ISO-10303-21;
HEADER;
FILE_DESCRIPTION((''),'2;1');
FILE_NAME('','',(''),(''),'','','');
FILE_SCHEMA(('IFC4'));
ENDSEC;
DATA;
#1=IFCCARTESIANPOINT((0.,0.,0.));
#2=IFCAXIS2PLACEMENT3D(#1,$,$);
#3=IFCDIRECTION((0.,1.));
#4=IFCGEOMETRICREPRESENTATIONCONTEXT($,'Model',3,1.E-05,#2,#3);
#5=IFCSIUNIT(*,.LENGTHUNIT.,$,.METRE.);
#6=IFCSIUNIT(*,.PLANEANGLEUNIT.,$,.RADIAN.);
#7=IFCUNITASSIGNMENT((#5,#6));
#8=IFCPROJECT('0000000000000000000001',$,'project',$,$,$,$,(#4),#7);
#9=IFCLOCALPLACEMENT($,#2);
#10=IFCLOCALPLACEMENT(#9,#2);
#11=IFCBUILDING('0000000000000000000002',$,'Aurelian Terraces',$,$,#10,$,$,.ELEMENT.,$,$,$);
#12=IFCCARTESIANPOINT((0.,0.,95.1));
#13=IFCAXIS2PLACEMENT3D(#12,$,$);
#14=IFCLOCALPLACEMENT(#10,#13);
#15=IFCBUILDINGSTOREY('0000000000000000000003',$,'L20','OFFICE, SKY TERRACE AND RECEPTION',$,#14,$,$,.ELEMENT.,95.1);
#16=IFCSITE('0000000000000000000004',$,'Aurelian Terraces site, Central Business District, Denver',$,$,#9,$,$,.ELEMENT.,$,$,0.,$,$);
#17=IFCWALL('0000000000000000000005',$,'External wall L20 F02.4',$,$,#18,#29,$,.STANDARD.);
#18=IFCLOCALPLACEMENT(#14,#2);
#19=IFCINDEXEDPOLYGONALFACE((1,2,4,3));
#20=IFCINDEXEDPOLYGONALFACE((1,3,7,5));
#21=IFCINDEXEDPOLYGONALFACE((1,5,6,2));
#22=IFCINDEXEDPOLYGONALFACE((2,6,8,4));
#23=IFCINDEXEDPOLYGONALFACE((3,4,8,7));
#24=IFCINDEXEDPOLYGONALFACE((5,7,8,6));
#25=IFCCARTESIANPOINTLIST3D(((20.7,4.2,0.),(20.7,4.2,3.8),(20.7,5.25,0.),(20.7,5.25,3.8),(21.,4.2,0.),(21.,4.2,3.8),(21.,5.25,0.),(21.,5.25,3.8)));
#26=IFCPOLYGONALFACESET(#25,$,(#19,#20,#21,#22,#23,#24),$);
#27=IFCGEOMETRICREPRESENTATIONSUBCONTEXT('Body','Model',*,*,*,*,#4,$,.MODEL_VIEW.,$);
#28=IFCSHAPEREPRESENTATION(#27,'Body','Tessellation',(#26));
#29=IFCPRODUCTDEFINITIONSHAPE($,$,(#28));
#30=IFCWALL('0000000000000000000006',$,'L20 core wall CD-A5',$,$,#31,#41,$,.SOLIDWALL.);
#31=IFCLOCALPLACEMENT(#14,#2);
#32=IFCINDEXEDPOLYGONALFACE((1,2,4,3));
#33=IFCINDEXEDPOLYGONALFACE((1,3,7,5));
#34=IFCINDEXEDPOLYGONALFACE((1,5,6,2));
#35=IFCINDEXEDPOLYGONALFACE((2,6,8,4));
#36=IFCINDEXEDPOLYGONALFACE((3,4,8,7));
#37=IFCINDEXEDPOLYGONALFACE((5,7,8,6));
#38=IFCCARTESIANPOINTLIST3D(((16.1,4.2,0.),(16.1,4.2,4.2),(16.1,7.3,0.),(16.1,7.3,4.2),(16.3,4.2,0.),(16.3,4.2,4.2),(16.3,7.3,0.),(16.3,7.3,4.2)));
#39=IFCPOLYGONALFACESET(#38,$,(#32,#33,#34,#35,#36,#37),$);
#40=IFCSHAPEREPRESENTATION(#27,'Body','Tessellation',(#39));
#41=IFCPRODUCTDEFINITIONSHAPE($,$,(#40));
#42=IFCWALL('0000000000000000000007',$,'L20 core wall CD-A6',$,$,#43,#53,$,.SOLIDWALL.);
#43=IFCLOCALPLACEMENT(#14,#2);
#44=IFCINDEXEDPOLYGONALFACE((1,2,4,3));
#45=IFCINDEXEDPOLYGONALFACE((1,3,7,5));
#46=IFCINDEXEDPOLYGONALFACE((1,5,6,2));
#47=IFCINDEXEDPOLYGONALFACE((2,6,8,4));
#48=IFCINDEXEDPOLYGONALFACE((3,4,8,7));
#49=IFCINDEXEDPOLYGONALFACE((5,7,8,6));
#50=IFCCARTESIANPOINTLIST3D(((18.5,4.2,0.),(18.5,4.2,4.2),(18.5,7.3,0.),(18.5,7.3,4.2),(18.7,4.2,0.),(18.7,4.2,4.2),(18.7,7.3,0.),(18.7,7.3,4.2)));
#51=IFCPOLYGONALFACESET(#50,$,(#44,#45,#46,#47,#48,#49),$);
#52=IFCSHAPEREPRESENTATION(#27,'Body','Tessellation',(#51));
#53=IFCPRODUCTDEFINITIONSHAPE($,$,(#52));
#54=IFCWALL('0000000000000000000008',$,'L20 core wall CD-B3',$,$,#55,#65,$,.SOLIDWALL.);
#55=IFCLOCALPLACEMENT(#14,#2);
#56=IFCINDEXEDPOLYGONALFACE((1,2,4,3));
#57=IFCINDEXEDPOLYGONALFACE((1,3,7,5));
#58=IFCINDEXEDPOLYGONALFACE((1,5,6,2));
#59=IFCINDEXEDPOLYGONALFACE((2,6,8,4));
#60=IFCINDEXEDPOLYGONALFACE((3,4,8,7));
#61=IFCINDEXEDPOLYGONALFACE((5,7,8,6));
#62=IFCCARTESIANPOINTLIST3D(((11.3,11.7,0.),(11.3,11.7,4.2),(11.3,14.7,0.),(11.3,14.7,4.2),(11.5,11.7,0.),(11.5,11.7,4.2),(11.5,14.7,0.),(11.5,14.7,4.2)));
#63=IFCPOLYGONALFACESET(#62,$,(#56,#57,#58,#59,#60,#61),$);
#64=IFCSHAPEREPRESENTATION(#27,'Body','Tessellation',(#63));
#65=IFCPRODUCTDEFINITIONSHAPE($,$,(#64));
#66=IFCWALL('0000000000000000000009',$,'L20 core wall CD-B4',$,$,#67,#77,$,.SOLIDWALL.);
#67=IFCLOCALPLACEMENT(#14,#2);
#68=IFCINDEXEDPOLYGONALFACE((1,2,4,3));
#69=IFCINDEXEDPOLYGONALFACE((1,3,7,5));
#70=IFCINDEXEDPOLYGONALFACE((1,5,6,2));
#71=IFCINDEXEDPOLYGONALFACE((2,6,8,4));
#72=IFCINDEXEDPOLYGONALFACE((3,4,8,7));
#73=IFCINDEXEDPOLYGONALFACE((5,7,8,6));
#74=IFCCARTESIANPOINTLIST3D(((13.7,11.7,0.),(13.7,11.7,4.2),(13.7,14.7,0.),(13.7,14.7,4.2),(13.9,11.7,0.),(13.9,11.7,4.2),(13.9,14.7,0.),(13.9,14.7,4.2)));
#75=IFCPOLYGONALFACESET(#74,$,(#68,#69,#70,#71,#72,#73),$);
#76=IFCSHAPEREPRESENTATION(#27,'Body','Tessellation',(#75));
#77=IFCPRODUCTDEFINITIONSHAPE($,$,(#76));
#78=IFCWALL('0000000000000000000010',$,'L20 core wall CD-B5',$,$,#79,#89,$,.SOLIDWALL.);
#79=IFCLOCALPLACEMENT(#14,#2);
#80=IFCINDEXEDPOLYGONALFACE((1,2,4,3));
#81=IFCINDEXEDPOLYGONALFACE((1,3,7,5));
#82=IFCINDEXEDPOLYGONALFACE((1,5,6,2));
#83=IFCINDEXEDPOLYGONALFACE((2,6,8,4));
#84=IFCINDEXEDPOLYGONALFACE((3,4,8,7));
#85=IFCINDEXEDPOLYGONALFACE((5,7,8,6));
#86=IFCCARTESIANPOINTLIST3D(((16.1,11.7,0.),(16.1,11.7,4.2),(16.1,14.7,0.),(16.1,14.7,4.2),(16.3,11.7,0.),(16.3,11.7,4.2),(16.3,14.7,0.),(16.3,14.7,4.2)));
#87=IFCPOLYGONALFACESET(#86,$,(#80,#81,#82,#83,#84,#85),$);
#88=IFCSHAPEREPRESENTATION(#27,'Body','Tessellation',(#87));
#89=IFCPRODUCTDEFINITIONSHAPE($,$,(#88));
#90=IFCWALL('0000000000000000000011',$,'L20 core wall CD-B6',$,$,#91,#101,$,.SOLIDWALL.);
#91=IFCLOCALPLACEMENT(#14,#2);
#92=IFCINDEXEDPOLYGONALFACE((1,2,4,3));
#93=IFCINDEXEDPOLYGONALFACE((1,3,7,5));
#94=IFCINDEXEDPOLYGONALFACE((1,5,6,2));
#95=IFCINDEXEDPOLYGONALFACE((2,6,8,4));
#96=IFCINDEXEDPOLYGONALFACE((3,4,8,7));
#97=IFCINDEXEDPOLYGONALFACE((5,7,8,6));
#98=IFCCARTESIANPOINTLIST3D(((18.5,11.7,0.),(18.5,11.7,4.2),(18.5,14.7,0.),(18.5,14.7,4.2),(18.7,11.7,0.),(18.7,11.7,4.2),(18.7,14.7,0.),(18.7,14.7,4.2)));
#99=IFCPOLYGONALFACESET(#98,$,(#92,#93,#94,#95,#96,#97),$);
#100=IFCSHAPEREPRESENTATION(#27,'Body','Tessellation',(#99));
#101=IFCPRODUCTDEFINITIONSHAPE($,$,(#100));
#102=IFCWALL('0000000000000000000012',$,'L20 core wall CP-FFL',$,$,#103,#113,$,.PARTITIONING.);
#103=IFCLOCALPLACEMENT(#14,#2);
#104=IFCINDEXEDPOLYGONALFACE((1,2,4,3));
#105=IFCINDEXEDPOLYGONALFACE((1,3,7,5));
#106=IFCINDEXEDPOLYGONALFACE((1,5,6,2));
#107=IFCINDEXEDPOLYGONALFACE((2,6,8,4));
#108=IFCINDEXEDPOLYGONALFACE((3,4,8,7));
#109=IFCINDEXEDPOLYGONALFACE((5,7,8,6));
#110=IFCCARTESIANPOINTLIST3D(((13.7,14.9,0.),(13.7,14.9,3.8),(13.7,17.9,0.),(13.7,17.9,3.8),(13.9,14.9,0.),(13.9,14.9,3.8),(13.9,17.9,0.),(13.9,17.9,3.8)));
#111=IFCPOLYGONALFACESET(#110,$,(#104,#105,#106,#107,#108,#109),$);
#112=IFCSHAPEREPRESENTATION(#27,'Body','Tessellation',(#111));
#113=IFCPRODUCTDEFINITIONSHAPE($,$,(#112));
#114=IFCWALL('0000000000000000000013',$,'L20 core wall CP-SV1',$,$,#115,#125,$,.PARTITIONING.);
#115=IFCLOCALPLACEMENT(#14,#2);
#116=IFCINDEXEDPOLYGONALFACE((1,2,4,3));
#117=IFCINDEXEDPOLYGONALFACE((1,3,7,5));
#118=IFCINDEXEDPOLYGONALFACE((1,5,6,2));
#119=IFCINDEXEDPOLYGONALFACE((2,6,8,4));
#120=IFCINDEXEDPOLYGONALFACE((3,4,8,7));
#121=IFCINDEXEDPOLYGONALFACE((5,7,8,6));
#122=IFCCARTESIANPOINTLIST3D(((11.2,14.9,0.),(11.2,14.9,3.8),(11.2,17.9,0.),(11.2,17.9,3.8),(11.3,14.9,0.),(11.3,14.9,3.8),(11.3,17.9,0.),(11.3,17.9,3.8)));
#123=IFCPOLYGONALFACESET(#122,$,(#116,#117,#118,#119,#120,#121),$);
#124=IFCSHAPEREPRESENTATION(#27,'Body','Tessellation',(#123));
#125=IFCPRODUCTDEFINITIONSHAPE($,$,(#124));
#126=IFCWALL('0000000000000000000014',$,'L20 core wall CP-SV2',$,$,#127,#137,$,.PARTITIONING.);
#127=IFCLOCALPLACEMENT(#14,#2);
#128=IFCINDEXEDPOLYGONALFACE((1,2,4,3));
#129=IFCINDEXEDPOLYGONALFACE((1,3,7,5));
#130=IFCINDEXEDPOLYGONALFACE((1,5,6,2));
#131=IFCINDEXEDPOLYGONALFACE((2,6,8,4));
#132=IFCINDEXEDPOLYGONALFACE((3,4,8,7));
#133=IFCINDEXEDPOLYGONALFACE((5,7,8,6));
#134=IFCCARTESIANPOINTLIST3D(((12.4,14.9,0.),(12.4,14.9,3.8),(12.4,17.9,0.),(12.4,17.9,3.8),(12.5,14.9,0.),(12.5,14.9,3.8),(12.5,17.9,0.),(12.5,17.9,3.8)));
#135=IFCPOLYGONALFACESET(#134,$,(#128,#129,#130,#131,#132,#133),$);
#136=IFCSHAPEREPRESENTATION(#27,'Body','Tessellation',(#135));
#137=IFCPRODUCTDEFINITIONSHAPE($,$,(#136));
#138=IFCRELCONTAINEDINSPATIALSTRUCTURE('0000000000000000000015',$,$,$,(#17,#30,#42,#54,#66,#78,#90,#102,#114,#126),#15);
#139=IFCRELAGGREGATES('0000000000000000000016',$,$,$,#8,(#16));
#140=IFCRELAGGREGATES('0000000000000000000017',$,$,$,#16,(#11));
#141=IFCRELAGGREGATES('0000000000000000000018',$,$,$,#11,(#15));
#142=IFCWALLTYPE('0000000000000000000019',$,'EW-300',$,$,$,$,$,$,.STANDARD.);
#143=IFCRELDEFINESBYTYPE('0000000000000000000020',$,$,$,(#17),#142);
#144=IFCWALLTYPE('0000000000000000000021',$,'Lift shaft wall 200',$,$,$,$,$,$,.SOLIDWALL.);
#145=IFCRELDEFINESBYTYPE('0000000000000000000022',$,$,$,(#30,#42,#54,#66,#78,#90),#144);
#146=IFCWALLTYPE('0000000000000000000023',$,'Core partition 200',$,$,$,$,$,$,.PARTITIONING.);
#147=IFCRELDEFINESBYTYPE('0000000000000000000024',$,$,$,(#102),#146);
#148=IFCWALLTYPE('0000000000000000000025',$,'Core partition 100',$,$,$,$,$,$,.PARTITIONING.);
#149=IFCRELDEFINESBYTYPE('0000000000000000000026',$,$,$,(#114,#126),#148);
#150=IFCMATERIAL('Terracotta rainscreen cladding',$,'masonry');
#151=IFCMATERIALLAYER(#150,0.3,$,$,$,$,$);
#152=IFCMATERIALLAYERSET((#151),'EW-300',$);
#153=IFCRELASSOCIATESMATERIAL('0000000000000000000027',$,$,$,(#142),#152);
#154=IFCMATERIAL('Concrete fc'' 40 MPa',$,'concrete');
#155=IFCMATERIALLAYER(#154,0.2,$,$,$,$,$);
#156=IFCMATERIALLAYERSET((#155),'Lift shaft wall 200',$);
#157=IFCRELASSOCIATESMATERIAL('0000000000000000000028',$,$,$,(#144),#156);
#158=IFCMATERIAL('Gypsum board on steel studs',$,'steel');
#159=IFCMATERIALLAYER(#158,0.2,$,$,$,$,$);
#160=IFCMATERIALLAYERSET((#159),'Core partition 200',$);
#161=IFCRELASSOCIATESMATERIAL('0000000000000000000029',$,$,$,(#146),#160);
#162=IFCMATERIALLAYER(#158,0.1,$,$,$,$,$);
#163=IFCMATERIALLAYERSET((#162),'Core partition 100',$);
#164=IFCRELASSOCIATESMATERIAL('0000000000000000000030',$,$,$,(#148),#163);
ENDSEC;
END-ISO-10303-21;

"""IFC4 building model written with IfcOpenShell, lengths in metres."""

from ifc_helpers import new_model, si_unit, direction, frame, frame_2d, origin, place, context, subcontext, project, spatial, rectangle, extrude, source, transform, mapped, material, layer, layer_set, type_object, element, save


model = new_model("IFC4")

# Units and contexts
model_context = context("Model", 3, precision=1e-05, world=origin(), true_north=direction((0.0, 1.0)))
body_context = subcontext(model_context, "Body", "Model", "MODEL_VIEW")
ifc_project = project(units=[si_unit("LENGTHUNIT", "METRE"), si_unit("PLANEANGLEUNIT", "RADIAN")], contexts=[model_context])

# Site, building, storey
site_placement = place(None, origin())
site = spatial("IfcSite", under=ifc_project, at=site_placement, Name="Aurelian Terraces site, Central Business District, Denver", CompositionType="ELEMENT", RefElevation=0.0)
building_placement = place(site_placement, origin())
building = spatial("IfcBuilding", under=site, at=building_placement, Name="Aurelian Terraces", CompositionType="ELEMENT")
storey_placement = place(building_placement, frame((0.0, 0.0, 95.1)))
storey = spatial("IfcBuildingStorey", under=building, at=storey_placement, Name="L20", Description="OFFICE, SKY TERRACE AND RECEPTION", CompositionType="ELEMENT", Elevation=95.1)

# Walls
ifc_material_1 = material(Name="Terracotta rainscreen cladding", Category="masonry")
ifc_layer_1 = layer(ifc_material_1, 0.3)
ifc_layer_set_1 = layer_set([ifc_layer_1], Name="EW-300")
wall_type_1 = type_object("IfcWallType", Name="EW-300", PredefinedType="STANDARD", material=ifc_layer_set_1)
shared_shape_1 = source(origin(), body_context, "Body", "SweptSolid", [
    extrude(rectangle(XDim=1.05, YDim=0.3, at=frame_2d((0.525, 0.0))), origin(), (0.0, 0.0, 1.0), 3.8),
])
wall_1_placement = place(storey_placement, frame((20.85, 4.2, 0.0), z_axis=(0.0, 0.0, 1.0), x_axis=(0.0, 1.0, 0.0)))
element("IfcWall", 1, at=wall_1_placement, inside=storey, type_object=wall_type_1, Name="External wall L20 F02.4", PredefinedType="STANDARD", context=body_context, shape_type="MappedRepresentation", body=[
    mapped(shared_shape_1, transform((0.0, 0.0, 0.0), scale=1.0)),
])
ifc_material_2 = material(Name="Concrete fc' 40 MPa", Category="concrete")
ifc_layer_2 = layer(ifc_material_2, 0.2)
ifc_layer_set_2 = layer_set([ifc_layer_2], Name="Lift shaft wall 200")
wall_type_2 = type_object("IfcWallType", Name="Lift shaft wall 200", PredefinedType="SOLIDWALL", material=ifc_layer_set_2)
shared_shape_2 = source(origin(), body_context, "Body", "SweptSolid", [
    extrude(rectangle(XDim=3.1, YDim=0.2, at=frame_2d((1.55, 0.0))), origin(), (0.0, 0.0, 1.0), 4.2),
])
for number, where, z_axis, x_axis, name in (
    (2, (16.2, 4.2, 0.0), (0.0, 0.0, 1.0), (0.0, 1.0, 0.0), "L20 core wall CD-A5"),
    (3, (18.6, 4.2, 0.0), (0.0, 0.0, 1.0), (0.0, 1.0, 0.0), "L20 core wall CD-A6"),
):
    element("IfcWall", number, at=place(storey_placement, frame(where, z_axis=z_axis, x_axis=x_axis)), inside=storey, type_object=wall_type_2, Name=name, PredefinedType="SOLIDWALL", context=body_context, shape_type="MappedRepresentation", body=[
        mapped(shared_shape_2, transform((0.0, 0.0, 0.0), scale=1.0)),
    ])
shared_shape_3 = source(origin(), body_context, "Body", "SweptSolid", [
    extrude(rectangle(XDim=3.0, YDim=0.2, at=frame_2d((1.5, 0.0))), origin(), (0.0, 0.0, 1.0), 4.2),
])
for number, where, z_axis, x_axis, name in (
    (4, (11.4, 11.7, 0.0), (0.0, 0.0, 1.0), (0.0, 1.0, 0.0), "L20 core wall CD-B3"),
    (5, (13.8, 11.7, 0.0), (0.0, 0.0, 1.0), (0.0, 1.0, 0.0), "L20 core wall CD-B4"),
    (6, (16.2, 11.7, 0.0), (0.0, 0.0, 1.0), (0.0, 1.0, 0.0), "L20 core wall CD-B5"),
    (7, (18.6, 11.7, 0.0), (0.0, 0.0, 1.0), (0.0, 1.0, 0.0), "L20 core wall CD-B6"),
):
    element("IfcWall", number, at=place(storey_placement, frame(where, z_axis=z_axis, x_axis=x_axis)), inside=storey, type_object=wall_type_2, Name=name, PredefinedType="SOLIDWALL", context=body_context, shape_type="MappedRepresentation", body=[
        mapped(shared_shape_3, transform((0.0, 0.0, 0.0), scale=1.0)),
    ])
ifc_material_3 = material(Name="Gypsum board on steel studs", Category="steel")
ifc_layer_3 = layer(ifc_material_3, 0.2)
ifc_layer_set_3 = layer_set([ifc_layer_3], Name="Core partition 200")
wall_type_3 = type_object("IfcWallType", Name="Core partition 200", PredefinedType="PARTITIONING", material=ifc_layer_set_3)
shared_shape_4 = source(origin(), body_context, "Body", "SweptSolid", [
    extrude(rectangle(XDim=3.0, YDim=0.2, at=frame_2d((1.5, 0.0))), origin(), (0.0, 0.0, 1.0), 3.8),
])
wall_2_placement = place(storey_placement, frame((13.8, 14.9, 0.0), z_axis=(0.0, 0.0, 1.0), x_axis=(0.0, 1.0, 0.0)))
element("IfcWall", 8, at=wall_2_placement, inside=storey, type_object=wall_type_3, Name="L20 core wall CP-FFL", PredefinedType="PARTITIONING", context=body_context, shape_type="MappedRepresentation", body=[
    mapped(shared_shape_4, transform((0.0, 0.0, 0.0), scale=1.0)),
])
ifc_layer_4 = layer(ifc_material_3, 0.1)
ifc_layer_set_4 = layer_set([ifc_layer_4], Name="Core partition 100")
wall_type_4 = type_object("IfcWallType", Name="Core partition 100", PredefinedType="PARTITIONING", material=ifc_layer_set_4)
shared_shape_5 = source(origin(), body_context, "Body", "SweptSolid", [
    extrude(rectangle(XDim=3.0, YDim=0.1, at=frame_2d((1.5, 0.0))), origin(), (0.0, 0.0, 1.0), 3.8),
])
for number, where, z_axis, x_axis, name in (
    (9, (11.25, 14.9, 0.0), (0.0, 0.0, 1.0), (0.0, 1.0, 0.0), "L20 core wall CP-SV1"),
    (10, (12.45, 14.9, 0.0), (0.0, 0.0, 1.0), (0.0, 1.0, 0.0), "L20 core wall CP-SV2"),
):
    element("IfcWall", number, at=place(storey_placement, frame(where, z_axis=z_axis, x_axis=x_axis)), inside=storey, type_object=wall_type_4, Name=name, PredefinedType="PARTITIONING", context=body_context, shape_type="MappedRepresentation", body=[
        mapped(shared_shape_5, transform((0.0, 0.0, 0.0), scale=1.0)),
    ])

save(model, "model.ifc")
